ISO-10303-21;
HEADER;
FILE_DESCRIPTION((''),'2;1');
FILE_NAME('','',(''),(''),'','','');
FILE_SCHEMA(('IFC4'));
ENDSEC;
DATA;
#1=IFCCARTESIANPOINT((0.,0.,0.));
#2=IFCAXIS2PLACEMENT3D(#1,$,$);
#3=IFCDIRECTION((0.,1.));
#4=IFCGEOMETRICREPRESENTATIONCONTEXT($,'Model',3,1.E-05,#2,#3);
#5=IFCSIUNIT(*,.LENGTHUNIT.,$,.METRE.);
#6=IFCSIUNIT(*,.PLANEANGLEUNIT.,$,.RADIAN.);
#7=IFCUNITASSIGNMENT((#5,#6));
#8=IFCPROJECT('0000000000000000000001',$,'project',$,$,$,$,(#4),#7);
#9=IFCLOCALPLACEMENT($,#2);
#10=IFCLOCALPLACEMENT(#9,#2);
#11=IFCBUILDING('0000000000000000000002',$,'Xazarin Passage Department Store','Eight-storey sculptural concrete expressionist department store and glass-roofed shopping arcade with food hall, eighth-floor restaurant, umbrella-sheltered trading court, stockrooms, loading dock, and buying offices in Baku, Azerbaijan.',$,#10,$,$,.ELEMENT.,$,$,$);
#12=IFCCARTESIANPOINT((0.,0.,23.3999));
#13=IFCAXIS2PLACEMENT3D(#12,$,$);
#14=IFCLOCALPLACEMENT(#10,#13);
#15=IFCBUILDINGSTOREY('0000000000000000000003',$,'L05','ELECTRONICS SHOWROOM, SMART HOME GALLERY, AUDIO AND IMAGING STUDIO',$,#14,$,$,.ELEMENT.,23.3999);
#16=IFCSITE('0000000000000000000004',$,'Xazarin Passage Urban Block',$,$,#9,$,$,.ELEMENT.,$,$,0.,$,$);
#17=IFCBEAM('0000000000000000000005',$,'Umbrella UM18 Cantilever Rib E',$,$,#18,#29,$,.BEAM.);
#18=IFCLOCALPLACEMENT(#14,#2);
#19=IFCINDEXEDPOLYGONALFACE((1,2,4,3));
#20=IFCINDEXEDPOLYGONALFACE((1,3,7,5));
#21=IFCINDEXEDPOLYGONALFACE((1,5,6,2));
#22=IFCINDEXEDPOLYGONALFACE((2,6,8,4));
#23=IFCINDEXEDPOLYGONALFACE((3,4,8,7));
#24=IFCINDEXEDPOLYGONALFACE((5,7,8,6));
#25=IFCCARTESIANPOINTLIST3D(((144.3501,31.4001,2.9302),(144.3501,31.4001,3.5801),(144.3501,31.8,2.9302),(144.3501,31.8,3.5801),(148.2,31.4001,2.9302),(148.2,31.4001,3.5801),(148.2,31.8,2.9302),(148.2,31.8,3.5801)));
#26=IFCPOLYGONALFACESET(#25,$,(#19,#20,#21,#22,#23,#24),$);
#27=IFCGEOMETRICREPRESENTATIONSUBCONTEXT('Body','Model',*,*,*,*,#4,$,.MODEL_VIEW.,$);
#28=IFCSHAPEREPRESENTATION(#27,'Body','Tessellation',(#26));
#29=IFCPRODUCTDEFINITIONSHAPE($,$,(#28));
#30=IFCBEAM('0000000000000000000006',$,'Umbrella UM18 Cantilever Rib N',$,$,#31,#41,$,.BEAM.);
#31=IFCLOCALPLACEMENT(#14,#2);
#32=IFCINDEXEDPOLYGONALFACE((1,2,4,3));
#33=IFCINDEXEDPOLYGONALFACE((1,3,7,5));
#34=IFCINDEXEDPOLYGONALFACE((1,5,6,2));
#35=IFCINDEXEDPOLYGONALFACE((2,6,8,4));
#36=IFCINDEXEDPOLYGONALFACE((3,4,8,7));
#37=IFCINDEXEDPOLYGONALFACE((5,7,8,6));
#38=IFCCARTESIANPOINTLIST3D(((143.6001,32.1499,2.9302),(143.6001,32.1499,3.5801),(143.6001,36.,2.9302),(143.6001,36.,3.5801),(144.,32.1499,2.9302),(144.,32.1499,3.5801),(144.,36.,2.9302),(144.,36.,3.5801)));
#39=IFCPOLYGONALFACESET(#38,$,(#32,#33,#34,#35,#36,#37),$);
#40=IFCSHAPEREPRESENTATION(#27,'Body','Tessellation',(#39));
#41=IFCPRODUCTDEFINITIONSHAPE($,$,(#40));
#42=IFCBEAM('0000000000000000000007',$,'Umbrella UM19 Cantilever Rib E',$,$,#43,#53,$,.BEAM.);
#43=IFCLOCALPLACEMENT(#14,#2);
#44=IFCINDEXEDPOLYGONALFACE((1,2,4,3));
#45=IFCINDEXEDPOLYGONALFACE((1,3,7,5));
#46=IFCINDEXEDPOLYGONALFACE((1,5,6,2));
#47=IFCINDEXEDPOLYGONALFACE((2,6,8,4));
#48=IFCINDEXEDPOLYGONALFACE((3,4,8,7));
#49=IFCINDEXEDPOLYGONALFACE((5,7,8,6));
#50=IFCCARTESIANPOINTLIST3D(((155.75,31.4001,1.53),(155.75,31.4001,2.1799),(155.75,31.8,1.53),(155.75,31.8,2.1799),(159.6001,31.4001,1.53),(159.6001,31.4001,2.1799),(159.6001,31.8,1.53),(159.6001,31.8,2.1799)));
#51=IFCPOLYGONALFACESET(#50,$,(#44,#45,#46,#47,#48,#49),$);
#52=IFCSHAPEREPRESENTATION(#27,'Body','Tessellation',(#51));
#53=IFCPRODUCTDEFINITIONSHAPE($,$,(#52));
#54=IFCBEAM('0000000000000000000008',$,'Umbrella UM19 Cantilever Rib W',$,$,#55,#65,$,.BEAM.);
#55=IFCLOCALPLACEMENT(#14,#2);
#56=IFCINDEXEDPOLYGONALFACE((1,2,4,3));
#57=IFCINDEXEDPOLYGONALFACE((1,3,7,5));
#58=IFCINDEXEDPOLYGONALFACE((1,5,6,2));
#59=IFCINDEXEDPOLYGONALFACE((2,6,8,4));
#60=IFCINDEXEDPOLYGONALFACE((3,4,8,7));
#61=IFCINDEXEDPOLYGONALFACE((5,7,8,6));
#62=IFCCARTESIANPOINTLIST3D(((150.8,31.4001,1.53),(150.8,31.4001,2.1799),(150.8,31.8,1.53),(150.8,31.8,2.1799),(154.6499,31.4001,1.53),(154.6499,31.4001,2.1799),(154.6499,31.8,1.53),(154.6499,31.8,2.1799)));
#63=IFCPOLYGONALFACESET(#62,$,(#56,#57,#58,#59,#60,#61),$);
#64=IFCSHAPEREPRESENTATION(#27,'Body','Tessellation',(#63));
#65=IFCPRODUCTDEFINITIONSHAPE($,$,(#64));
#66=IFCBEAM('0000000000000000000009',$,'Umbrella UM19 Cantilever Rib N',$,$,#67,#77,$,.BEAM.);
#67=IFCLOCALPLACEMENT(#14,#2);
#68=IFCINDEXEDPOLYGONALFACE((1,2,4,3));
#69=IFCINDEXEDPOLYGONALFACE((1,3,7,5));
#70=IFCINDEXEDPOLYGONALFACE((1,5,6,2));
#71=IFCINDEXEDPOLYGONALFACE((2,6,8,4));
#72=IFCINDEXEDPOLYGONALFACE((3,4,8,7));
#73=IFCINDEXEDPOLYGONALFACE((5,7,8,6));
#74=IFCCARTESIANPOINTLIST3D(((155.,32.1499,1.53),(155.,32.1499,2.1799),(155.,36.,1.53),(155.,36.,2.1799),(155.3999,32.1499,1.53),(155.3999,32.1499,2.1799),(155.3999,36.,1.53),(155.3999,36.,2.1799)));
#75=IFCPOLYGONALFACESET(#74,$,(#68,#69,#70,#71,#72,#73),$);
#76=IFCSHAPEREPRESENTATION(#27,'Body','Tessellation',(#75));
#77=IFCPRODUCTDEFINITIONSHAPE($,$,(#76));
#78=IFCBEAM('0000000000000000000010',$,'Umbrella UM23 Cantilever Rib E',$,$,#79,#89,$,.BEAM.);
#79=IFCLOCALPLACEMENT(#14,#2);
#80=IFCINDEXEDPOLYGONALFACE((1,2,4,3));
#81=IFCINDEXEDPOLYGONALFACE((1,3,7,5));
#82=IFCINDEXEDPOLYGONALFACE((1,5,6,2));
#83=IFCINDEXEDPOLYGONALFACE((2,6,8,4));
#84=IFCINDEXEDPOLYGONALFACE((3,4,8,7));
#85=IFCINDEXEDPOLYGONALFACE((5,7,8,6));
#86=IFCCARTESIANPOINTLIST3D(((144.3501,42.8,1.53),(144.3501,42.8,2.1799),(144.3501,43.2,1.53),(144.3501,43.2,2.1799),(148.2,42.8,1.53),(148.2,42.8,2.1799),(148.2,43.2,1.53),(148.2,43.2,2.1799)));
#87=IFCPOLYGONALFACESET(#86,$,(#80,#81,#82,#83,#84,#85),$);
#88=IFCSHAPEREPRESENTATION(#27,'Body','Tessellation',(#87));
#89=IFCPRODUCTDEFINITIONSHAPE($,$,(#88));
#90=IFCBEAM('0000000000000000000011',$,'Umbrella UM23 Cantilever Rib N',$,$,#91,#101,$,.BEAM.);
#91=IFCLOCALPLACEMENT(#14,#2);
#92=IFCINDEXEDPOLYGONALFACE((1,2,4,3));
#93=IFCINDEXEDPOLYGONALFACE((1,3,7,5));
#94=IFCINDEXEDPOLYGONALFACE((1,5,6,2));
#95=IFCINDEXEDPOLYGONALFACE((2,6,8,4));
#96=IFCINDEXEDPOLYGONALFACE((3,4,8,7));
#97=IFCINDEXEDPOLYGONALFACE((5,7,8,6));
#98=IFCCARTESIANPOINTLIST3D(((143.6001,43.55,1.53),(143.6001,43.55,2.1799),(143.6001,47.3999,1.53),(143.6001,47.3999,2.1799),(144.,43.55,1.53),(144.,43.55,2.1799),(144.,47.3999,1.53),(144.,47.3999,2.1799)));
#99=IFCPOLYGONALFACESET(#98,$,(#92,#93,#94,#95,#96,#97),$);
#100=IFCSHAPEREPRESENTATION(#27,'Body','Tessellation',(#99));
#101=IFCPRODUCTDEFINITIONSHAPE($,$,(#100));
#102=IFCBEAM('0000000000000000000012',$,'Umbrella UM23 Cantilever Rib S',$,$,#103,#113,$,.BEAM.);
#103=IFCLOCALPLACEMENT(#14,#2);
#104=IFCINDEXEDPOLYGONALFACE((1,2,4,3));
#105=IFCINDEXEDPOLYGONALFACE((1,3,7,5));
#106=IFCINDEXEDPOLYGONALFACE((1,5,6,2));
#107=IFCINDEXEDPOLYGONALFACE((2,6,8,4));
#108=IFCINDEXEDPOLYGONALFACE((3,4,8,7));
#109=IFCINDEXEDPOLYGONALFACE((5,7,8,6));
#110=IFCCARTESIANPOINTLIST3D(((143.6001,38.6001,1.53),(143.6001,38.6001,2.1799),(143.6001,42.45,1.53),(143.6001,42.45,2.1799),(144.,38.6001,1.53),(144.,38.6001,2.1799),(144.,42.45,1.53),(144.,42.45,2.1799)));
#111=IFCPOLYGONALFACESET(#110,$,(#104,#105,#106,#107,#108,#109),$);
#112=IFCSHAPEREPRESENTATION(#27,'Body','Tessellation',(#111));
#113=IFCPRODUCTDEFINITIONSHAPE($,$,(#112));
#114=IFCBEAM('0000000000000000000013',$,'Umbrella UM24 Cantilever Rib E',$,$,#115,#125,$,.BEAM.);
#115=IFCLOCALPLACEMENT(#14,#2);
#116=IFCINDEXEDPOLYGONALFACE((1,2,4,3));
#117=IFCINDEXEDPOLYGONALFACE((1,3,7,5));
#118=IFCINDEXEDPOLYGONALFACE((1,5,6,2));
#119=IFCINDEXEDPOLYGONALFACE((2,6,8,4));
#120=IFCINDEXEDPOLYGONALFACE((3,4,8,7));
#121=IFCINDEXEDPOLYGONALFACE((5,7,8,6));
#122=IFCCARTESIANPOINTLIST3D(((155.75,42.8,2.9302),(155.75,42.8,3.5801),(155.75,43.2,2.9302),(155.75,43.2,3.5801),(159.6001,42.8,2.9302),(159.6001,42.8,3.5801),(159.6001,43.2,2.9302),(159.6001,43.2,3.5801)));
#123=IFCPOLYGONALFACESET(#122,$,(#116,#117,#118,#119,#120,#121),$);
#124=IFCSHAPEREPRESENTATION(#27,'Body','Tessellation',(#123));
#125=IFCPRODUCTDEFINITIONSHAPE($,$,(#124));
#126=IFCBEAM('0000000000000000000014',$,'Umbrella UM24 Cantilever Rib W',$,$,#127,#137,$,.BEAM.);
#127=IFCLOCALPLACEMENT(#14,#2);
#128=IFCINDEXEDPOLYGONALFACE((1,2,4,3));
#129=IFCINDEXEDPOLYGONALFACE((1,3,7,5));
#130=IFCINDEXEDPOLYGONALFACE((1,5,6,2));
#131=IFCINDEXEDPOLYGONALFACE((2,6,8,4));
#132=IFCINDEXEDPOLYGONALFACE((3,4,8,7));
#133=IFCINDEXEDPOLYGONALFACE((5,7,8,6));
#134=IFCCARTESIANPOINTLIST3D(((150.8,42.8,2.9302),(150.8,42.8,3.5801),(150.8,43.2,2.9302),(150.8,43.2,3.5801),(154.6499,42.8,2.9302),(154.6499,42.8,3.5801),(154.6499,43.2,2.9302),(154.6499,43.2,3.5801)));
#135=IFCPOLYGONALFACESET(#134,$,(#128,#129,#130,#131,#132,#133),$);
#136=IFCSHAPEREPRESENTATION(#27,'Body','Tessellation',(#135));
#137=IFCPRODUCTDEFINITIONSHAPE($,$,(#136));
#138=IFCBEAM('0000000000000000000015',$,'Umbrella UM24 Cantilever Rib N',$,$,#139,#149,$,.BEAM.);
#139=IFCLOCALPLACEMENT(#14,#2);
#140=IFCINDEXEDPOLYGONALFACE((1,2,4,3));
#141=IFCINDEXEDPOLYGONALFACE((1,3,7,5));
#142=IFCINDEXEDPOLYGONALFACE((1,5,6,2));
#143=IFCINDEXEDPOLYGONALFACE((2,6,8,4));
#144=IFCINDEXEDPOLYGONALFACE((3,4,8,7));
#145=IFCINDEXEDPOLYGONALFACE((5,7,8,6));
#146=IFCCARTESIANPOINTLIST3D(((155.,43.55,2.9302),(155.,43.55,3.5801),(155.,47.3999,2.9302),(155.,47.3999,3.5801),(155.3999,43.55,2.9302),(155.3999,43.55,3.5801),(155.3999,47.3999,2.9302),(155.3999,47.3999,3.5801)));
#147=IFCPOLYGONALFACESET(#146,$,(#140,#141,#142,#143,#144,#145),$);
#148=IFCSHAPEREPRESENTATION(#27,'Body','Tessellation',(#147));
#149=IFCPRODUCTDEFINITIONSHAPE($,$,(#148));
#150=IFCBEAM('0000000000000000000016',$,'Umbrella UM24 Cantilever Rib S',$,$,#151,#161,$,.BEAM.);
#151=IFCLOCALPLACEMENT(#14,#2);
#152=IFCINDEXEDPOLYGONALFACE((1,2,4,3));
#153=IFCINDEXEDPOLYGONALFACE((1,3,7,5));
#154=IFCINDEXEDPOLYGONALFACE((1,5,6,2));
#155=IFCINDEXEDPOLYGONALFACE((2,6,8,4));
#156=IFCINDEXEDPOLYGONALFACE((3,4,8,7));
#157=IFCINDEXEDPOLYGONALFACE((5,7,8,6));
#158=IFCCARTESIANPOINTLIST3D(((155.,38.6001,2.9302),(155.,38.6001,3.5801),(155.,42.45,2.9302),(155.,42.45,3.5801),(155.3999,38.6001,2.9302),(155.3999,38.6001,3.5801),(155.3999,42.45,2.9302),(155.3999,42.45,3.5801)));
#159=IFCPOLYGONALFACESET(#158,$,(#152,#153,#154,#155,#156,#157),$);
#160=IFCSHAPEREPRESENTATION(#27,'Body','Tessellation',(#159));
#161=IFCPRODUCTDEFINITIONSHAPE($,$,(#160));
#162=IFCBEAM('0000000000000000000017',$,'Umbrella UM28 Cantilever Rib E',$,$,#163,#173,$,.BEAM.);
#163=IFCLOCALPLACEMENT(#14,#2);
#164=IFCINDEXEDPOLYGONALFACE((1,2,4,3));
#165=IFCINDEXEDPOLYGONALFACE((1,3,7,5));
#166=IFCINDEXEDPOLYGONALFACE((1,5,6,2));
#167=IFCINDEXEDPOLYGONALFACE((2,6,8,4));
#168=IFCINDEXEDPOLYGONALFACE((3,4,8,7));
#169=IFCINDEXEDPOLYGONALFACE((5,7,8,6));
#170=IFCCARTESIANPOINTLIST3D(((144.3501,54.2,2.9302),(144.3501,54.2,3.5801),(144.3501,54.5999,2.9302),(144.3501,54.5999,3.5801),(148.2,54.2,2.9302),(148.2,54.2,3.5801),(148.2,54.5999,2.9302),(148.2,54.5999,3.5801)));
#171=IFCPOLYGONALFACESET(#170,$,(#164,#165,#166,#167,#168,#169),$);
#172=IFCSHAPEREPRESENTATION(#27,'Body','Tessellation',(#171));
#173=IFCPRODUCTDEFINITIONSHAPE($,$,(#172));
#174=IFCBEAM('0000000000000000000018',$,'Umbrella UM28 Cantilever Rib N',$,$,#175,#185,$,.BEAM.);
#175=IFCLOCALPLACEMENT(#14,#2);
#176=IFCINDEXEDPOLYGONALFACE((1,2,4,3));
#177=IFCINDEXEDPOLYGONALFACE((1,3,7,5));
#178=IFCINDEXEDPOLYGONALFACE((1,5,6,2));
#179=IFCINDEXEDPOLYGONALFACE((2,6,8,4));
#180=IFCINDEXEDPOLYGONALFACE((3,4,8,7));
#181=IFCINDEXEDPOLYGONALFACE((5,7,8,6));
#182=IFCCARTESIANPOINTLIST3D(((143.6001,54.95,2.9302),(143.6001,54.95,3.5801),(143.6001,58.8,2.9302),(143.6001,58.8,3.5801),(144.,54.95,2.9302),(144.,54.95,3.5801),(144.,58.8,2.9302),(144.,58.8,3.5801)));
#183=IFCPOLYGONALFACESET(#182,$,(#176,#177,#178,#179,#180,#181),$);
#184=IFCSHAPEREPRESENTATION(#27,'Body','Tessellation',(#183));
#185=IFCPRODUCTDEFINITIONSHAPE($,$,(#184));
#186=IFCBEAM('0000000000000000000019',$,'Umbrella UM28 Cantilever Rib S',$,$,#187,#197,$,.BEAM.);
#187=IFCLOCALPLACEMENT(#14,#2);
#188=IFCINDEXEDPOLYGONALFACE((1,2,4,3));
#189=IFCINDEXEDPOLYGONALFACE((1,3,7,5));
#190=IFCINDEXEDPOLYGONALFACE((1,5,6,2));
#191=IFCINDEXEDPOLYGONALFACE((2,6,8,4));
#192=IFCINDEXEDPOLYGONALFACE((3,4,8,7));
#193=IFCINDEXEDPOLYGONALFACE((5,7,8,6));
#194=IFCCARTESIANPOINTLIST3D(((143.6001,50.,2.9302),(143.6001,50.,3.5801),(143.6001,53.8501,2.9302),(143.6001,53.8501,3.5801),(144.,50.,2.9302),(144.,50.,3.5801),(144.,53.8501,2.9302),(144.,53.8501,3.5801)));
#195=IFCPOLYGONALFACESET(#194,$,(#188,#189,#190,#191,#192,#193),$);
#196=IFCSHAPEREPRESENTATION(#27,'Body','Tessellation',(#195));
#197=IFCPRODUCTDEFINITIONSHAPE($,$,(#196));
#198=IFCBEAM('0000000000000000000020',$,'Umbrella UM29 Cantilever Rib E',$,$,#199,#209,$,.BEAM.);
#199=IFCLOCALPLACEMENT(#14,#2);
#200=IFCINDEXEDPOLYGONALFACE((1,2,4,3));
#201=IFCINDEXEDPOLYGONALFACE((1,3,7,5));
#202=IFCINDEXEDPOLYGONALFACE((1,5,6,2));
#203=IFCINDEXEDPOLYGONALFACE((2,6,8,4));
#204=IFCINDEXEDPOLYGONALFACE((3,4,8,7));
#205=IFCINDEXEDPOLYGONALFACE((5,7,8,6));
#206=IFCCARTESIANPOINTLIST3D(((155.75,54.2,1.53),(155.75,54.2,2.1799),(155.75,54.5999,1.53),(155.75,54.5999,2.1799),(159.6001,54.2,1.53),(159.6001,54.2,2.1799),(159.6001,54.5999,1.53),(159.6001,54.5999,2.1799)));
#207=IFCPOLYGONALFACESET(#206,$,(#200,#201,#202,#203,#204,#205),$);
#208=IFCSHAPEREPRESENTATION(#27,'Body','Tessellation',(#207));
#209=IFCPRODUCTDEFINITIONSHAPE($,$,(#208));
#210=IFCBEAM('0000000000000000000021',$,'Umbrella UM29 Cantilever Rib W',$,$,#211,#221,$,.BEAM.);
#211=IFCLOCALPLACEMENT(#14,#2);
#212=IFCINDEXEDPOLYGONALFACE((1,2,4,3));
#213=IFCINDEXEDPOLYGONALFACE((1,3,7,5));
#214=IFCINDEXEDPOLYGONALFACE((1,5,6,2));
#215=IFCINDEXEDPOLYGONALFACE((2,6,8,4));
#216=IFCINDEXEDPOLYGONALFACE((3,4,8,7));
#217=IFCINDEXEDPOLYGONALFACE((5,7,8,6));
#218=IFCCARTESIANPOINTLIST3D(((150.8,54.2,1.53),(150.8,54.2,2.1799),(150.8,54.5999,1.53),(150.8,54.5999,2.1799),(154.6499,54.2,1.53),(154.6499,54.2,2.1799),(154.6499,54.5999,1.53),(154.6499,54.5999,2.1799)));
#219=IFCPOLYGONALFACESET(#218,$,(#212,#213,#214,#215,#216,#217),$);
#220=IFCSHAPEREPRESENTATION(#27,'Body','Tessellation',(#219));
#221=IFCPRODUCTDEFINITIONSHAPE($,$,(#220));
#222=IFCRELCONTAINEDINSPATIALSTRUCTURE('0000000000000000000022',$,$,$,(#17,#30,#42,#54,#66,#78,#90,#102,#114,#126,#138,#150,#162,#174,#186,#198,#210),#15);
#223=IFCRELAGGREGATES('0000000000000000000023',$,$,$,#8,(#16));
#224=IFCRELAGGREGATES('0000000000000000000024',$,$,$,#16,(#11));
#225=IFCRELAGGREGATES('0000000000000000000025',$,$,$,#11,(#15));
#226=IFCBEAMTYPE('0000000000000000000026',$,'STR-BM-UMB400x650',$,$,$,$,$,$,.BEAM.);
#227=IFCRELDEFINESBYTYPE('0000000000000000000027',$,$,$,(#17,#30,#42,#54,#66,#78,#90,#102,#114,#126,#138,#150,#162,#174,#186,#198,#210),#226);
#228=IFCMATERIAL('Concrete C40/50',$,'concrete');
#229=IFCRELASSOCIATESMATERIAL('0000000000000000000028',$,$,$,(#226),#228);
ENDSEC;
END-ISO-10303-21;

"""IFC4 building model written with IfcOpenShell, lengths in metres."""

from ifc_helpers import new_model, si_unit, direction, frame, origin, origin_2d, place, context, subcontext, project, spatial, rectangle, extrude, material, material_profile, profile_set, type_object, element, save


model = new_model("IFC4")

# Units and contexts
model_context = context("Model", 3, precision=1e-05, world=origin(), true_north=direction((0.0, 1.0)))
body_context = subcontext(model_context, "Body", "Model", "MODEL_VIEW")
ifc_project = project(units=[si_unit("LENGTHUNIT", "METRE"), si_unit("PLANEANGLEUNIT", "RADIAN")], contexts=[model_context])

# Site, building, storey
site_placement = place(None, origin())
site = spatial("IfcSite", under=ifc_project, at=site_placement, Name="Xazarin Passage Urban Block", CompositionType="ELEMENT", RefElevation=0.0)
building_placement = place(site_placement, origin())
building = spatial("IfcBuilding", under=site, at=building_placement, Name="Xazarin Passage Department Store", Description="Eight-storey sculptural concrete expressionist department store and glass-roofed shopping arcade with food hall, eighth-floor restaurant, umbrella-sheltered trading court, stockrooms, loading dock, and buying offices in Baku, Azerbaijan.", CompositionType="ELEMENT")
storey_placement = place(building_placement, frame((0.0, 0.0, 23.3999)))
storey = spatial("IfcBuildingStorey", under=building, at=storey_placement, Name="L05", Description="ELECTRONICS SHOWROOM, SMART HOME GALLERY, AUDIO AND IMAGING STUDIO", CompositionType="ELEMENT", Elevation=23.3999)

# Beams
ifc_material_1 = material(Name="Concrete C40/50", Category="concrete")
ifc_material_profile = material_profile(ifc_material_1, rectangle(XDim=0.3999, YDim=0.6499, at=origin_2d()), Name="RC 400x650")
ifc_profile_set = profile_set([ifc_material_profile], Name="Concrete C40/50")
beam_type = type_object("IfcBeamType", Name="STR-BM-UMB400x650", PredefinedType="BEAM", material=ifc_profile_set)
beam_1_placement = place(storey_placement, frame((144.3501, 31.6001, 3.2551), z_axis=(1.0, 0.0, 0.0), x_axis=(0.0, 1.0, 0.0)))
element("IfcBeam", 1, at=beam_1_placement, inside=storey, type_object=beam_type, Name="Umbrella UM18 Cantilever Rib E", PredefinedType="BEAM", context=body_context, shape_type="SweptSolid", body=[
    extrude(rectangle(XDim=0.3999, YDim=0.6499, at=origin_2d()), origin(), (0.0, 0.0, 1.0), 3.8499),
])
for number, where, z_axis, x_axis, name in (
    (2, (143.8, 32.1499, 3.2551), (0.0, 1.0, 0.0), (-1.0, 0.0, 0.0), "Umbrella UM18 Cantilever Rib N"),
    (3, (155.75, 31.6001, 1.855), (1.0, 0.0, 0.0), (0.0, 1.0, 0.0), "Umbrella UM19 Cantilever Rib E"),
):
    element("IfcBeam", number, at=place(storey_placement, frame(where, z_axis=z_axis, x_axis=x_axis)), inside=storey, type_object=beam_type, Name=name, PredefinedType="BEAM", context=body_context, shape_type="SweptSolid", body=[
        extrude(rectangle(XDim=0.3999, YDim=0.6499, at=origin_2d()), origin(), (0.0, 0.0, 1.0), 3.8501),
    ])
beam_2_placement = place(storey_placement, frame((154.6499, 31.6001, 1.855), z_axis=(-1.0, 0.0, 0.0), x_axis=(0.0, -1.0, 0.0)))
element("IfcBeam", 4, at=beam_2_placement, inside=storey, type_object=beam_type, Name="Umbrella UM19 Cantilever Rib W", PredefinedType="BEAM", context=body_context, shape_type="SweptSolid", body=[
    extrude(rectangle(XDim=0.3999, YDim=0.6499, at=origin_2d()), origin(), (0.0, 0.0, 1.0), 3.8499),
])
beam_3_placement = place(storey_placement, frame((155.2, 32.1499, 1.855), z_axis=(0.0, 1.0, 0.0), x_axis=(-1.0, 0.0, 0.0)))
element("IfcBeam", 5, at=beam_3_placement, inside=storey, type_object=beam_type, Name="Umbrella UM19 Cantilever Rib N", PredefinedType="BEAM", context=body_context, shape_type="SweptSolid", body=[
    extrude(rectangle(XDim=0.3999, YDim=0.6499, at=origin_2d()), origin(), (0.0, 0.0, 1.0), 3.8501),
])
for number, where, z_axis, x_axis, name in (
    (6, (144.3501, 43.0, 1.855), (1.0, 0.0, 0.0), (0.0, 1.0, 0.0), "Umbrella UM23 Cantilever Rib E"),
    (7, (143.8, 43.55, 1.855), (0.0, 1.0, 0.0), (-1.0, 0.0, 0.0), "Umbrella UM23 Cantilever Rib N"),
    (8, (143.8, 42.45, 1.855), (0.0, -1.0, 0.0), (1.0, 0.0, 0.0), "Umbrella UM23 Cantilever Rib S"),
):
    element("IfcBeam", number, at=place(storey_placement, frame(where, z_axis=z_axis, x_axis=x_axis)), inside=storey, type_object=beam_type, Name=name, PredefinedType="BEAM", context=body_context, shape_type="SweptSolid", body=[
        extrude(rectangle(XDim=0.3999, YDim=0.6499, at=origin_2d()), origin(), (0.0, 0.0, 1.0), 3.8499),
    ])
beam_4_placement = place(storey_placement, frame((155.75, 43.0, 3.2551), z_axis=(1.0, 0.0, 0.0), x_axis=(0.0, 1.0, 0.0)))
element("IfcBeam", 9, at=beam_4_placement, inside=storey, type_object=beam_type, Name="Umbrella UM24 Cantilever Rib E", PredefinedType="BEAM", context=body_context, shape_type="SweptSolid", body=[
    extrude(rectangle(XDim=0.3999, YDim=0.6499, at=origin_2d()), origin(), (0.0, 0.0, 1.0), 3.8501),
])
for number, where, z_axis, x_axis, name in (
    (10, (154.6499, 43.0, 3.2551), (-1.0, 0.0, 0.0), (0.0, -1.0, 0.0), "Umbrella UM24 Cantilever Rib W"),
    (11, (155.2, 43.55, 3.2551), (0.0, 1.0, 0.0), (-1.0, 0.0, 0.0), "Umbrella UM24 Cantilever Rib N"),
    (12, (155.2, 42.45, 3.2551), (0.0, -1.0, 0.0), (1.0, 0.0, 0.0), "Umbrella UM24 Cantilever Rib S"),
    (13, (144.3501, 54.3999, 3.2551), (1.0, 0.0, 0.0), (0.0, 1.0, 0.0), "Umbrella UM28 Cantilever Rib E"),
):
    element("IfcBeam", number, at=place(storey_placement, frame(where, z_axis=z_axis, x_axis=x_axis)), inside=storey, type_object=beam_type, Name=name, PredefinedType="BEAM", context=body_context, shape_type="SweptSolid", body=[
        extrude(rectangle(XDim=0.3999, YDim=0.6499, at=origin_2d()), origin(), (0.0, 0.0, 1.0), 3.8499),
    ])
for number, where, z_axis, x_axis, name in (
    (14, (143.8, 54.95, 3.2551), (0.0, 1.0, 0.0), (-1.0, 0.0, 0.0), "Umbrella UM28 Cantilever Rib N"),
    (15, (143.8, 53.8501, 3.2551), (0.0, -1.0, 0.0), (1.0, 0.0, 0.0), "Umbrella UM28 Cantilever Rib S"),
    (16, (155.75, 54.3999, 1.855), (1.0, 0.0, 0.0), (0.0, 1.0, 0.0), "Umbrella UM29 Cantilever Rib E"),
):
    element("IfcBeam", number, at=place(storey_placement, frame(where, z_axis=z_axis, x_axis=x_axis)), inside=storey, type_object=beam_type, Name=name, PredefinedType="BEAM", context=body_context, shape_type="SweptSolid", body=[
        extrude(rectangle(XDim=0.3999, YDim=0.6499, at=origin_2d()), origin(), (0.0, 0.0, 1.0), 3.8501),
    ])
beam_5_placement = place(storey_placement, frame((154.6499, 54.3999, 1.855), z_axis=(-1.0, 0.0, 0.0), x_axis=(0.0, -1.0, 0.0)))
element("IfcBeam", 17, at=beam_5_placement, inside=storey, type_object=beam_type, Name="Umbrella UM29 Cantilever Rib W", PredefinedType="BEAM", context=body_context, shape_type="SweptSolid", body=[
    extrude(rectangle(XDim=0.3999, YDim=0.6499, at=origin_2d()), origin(), (0.0, 0.0, 1.0), 3.8499),
])

save(model, "model.ifc")
